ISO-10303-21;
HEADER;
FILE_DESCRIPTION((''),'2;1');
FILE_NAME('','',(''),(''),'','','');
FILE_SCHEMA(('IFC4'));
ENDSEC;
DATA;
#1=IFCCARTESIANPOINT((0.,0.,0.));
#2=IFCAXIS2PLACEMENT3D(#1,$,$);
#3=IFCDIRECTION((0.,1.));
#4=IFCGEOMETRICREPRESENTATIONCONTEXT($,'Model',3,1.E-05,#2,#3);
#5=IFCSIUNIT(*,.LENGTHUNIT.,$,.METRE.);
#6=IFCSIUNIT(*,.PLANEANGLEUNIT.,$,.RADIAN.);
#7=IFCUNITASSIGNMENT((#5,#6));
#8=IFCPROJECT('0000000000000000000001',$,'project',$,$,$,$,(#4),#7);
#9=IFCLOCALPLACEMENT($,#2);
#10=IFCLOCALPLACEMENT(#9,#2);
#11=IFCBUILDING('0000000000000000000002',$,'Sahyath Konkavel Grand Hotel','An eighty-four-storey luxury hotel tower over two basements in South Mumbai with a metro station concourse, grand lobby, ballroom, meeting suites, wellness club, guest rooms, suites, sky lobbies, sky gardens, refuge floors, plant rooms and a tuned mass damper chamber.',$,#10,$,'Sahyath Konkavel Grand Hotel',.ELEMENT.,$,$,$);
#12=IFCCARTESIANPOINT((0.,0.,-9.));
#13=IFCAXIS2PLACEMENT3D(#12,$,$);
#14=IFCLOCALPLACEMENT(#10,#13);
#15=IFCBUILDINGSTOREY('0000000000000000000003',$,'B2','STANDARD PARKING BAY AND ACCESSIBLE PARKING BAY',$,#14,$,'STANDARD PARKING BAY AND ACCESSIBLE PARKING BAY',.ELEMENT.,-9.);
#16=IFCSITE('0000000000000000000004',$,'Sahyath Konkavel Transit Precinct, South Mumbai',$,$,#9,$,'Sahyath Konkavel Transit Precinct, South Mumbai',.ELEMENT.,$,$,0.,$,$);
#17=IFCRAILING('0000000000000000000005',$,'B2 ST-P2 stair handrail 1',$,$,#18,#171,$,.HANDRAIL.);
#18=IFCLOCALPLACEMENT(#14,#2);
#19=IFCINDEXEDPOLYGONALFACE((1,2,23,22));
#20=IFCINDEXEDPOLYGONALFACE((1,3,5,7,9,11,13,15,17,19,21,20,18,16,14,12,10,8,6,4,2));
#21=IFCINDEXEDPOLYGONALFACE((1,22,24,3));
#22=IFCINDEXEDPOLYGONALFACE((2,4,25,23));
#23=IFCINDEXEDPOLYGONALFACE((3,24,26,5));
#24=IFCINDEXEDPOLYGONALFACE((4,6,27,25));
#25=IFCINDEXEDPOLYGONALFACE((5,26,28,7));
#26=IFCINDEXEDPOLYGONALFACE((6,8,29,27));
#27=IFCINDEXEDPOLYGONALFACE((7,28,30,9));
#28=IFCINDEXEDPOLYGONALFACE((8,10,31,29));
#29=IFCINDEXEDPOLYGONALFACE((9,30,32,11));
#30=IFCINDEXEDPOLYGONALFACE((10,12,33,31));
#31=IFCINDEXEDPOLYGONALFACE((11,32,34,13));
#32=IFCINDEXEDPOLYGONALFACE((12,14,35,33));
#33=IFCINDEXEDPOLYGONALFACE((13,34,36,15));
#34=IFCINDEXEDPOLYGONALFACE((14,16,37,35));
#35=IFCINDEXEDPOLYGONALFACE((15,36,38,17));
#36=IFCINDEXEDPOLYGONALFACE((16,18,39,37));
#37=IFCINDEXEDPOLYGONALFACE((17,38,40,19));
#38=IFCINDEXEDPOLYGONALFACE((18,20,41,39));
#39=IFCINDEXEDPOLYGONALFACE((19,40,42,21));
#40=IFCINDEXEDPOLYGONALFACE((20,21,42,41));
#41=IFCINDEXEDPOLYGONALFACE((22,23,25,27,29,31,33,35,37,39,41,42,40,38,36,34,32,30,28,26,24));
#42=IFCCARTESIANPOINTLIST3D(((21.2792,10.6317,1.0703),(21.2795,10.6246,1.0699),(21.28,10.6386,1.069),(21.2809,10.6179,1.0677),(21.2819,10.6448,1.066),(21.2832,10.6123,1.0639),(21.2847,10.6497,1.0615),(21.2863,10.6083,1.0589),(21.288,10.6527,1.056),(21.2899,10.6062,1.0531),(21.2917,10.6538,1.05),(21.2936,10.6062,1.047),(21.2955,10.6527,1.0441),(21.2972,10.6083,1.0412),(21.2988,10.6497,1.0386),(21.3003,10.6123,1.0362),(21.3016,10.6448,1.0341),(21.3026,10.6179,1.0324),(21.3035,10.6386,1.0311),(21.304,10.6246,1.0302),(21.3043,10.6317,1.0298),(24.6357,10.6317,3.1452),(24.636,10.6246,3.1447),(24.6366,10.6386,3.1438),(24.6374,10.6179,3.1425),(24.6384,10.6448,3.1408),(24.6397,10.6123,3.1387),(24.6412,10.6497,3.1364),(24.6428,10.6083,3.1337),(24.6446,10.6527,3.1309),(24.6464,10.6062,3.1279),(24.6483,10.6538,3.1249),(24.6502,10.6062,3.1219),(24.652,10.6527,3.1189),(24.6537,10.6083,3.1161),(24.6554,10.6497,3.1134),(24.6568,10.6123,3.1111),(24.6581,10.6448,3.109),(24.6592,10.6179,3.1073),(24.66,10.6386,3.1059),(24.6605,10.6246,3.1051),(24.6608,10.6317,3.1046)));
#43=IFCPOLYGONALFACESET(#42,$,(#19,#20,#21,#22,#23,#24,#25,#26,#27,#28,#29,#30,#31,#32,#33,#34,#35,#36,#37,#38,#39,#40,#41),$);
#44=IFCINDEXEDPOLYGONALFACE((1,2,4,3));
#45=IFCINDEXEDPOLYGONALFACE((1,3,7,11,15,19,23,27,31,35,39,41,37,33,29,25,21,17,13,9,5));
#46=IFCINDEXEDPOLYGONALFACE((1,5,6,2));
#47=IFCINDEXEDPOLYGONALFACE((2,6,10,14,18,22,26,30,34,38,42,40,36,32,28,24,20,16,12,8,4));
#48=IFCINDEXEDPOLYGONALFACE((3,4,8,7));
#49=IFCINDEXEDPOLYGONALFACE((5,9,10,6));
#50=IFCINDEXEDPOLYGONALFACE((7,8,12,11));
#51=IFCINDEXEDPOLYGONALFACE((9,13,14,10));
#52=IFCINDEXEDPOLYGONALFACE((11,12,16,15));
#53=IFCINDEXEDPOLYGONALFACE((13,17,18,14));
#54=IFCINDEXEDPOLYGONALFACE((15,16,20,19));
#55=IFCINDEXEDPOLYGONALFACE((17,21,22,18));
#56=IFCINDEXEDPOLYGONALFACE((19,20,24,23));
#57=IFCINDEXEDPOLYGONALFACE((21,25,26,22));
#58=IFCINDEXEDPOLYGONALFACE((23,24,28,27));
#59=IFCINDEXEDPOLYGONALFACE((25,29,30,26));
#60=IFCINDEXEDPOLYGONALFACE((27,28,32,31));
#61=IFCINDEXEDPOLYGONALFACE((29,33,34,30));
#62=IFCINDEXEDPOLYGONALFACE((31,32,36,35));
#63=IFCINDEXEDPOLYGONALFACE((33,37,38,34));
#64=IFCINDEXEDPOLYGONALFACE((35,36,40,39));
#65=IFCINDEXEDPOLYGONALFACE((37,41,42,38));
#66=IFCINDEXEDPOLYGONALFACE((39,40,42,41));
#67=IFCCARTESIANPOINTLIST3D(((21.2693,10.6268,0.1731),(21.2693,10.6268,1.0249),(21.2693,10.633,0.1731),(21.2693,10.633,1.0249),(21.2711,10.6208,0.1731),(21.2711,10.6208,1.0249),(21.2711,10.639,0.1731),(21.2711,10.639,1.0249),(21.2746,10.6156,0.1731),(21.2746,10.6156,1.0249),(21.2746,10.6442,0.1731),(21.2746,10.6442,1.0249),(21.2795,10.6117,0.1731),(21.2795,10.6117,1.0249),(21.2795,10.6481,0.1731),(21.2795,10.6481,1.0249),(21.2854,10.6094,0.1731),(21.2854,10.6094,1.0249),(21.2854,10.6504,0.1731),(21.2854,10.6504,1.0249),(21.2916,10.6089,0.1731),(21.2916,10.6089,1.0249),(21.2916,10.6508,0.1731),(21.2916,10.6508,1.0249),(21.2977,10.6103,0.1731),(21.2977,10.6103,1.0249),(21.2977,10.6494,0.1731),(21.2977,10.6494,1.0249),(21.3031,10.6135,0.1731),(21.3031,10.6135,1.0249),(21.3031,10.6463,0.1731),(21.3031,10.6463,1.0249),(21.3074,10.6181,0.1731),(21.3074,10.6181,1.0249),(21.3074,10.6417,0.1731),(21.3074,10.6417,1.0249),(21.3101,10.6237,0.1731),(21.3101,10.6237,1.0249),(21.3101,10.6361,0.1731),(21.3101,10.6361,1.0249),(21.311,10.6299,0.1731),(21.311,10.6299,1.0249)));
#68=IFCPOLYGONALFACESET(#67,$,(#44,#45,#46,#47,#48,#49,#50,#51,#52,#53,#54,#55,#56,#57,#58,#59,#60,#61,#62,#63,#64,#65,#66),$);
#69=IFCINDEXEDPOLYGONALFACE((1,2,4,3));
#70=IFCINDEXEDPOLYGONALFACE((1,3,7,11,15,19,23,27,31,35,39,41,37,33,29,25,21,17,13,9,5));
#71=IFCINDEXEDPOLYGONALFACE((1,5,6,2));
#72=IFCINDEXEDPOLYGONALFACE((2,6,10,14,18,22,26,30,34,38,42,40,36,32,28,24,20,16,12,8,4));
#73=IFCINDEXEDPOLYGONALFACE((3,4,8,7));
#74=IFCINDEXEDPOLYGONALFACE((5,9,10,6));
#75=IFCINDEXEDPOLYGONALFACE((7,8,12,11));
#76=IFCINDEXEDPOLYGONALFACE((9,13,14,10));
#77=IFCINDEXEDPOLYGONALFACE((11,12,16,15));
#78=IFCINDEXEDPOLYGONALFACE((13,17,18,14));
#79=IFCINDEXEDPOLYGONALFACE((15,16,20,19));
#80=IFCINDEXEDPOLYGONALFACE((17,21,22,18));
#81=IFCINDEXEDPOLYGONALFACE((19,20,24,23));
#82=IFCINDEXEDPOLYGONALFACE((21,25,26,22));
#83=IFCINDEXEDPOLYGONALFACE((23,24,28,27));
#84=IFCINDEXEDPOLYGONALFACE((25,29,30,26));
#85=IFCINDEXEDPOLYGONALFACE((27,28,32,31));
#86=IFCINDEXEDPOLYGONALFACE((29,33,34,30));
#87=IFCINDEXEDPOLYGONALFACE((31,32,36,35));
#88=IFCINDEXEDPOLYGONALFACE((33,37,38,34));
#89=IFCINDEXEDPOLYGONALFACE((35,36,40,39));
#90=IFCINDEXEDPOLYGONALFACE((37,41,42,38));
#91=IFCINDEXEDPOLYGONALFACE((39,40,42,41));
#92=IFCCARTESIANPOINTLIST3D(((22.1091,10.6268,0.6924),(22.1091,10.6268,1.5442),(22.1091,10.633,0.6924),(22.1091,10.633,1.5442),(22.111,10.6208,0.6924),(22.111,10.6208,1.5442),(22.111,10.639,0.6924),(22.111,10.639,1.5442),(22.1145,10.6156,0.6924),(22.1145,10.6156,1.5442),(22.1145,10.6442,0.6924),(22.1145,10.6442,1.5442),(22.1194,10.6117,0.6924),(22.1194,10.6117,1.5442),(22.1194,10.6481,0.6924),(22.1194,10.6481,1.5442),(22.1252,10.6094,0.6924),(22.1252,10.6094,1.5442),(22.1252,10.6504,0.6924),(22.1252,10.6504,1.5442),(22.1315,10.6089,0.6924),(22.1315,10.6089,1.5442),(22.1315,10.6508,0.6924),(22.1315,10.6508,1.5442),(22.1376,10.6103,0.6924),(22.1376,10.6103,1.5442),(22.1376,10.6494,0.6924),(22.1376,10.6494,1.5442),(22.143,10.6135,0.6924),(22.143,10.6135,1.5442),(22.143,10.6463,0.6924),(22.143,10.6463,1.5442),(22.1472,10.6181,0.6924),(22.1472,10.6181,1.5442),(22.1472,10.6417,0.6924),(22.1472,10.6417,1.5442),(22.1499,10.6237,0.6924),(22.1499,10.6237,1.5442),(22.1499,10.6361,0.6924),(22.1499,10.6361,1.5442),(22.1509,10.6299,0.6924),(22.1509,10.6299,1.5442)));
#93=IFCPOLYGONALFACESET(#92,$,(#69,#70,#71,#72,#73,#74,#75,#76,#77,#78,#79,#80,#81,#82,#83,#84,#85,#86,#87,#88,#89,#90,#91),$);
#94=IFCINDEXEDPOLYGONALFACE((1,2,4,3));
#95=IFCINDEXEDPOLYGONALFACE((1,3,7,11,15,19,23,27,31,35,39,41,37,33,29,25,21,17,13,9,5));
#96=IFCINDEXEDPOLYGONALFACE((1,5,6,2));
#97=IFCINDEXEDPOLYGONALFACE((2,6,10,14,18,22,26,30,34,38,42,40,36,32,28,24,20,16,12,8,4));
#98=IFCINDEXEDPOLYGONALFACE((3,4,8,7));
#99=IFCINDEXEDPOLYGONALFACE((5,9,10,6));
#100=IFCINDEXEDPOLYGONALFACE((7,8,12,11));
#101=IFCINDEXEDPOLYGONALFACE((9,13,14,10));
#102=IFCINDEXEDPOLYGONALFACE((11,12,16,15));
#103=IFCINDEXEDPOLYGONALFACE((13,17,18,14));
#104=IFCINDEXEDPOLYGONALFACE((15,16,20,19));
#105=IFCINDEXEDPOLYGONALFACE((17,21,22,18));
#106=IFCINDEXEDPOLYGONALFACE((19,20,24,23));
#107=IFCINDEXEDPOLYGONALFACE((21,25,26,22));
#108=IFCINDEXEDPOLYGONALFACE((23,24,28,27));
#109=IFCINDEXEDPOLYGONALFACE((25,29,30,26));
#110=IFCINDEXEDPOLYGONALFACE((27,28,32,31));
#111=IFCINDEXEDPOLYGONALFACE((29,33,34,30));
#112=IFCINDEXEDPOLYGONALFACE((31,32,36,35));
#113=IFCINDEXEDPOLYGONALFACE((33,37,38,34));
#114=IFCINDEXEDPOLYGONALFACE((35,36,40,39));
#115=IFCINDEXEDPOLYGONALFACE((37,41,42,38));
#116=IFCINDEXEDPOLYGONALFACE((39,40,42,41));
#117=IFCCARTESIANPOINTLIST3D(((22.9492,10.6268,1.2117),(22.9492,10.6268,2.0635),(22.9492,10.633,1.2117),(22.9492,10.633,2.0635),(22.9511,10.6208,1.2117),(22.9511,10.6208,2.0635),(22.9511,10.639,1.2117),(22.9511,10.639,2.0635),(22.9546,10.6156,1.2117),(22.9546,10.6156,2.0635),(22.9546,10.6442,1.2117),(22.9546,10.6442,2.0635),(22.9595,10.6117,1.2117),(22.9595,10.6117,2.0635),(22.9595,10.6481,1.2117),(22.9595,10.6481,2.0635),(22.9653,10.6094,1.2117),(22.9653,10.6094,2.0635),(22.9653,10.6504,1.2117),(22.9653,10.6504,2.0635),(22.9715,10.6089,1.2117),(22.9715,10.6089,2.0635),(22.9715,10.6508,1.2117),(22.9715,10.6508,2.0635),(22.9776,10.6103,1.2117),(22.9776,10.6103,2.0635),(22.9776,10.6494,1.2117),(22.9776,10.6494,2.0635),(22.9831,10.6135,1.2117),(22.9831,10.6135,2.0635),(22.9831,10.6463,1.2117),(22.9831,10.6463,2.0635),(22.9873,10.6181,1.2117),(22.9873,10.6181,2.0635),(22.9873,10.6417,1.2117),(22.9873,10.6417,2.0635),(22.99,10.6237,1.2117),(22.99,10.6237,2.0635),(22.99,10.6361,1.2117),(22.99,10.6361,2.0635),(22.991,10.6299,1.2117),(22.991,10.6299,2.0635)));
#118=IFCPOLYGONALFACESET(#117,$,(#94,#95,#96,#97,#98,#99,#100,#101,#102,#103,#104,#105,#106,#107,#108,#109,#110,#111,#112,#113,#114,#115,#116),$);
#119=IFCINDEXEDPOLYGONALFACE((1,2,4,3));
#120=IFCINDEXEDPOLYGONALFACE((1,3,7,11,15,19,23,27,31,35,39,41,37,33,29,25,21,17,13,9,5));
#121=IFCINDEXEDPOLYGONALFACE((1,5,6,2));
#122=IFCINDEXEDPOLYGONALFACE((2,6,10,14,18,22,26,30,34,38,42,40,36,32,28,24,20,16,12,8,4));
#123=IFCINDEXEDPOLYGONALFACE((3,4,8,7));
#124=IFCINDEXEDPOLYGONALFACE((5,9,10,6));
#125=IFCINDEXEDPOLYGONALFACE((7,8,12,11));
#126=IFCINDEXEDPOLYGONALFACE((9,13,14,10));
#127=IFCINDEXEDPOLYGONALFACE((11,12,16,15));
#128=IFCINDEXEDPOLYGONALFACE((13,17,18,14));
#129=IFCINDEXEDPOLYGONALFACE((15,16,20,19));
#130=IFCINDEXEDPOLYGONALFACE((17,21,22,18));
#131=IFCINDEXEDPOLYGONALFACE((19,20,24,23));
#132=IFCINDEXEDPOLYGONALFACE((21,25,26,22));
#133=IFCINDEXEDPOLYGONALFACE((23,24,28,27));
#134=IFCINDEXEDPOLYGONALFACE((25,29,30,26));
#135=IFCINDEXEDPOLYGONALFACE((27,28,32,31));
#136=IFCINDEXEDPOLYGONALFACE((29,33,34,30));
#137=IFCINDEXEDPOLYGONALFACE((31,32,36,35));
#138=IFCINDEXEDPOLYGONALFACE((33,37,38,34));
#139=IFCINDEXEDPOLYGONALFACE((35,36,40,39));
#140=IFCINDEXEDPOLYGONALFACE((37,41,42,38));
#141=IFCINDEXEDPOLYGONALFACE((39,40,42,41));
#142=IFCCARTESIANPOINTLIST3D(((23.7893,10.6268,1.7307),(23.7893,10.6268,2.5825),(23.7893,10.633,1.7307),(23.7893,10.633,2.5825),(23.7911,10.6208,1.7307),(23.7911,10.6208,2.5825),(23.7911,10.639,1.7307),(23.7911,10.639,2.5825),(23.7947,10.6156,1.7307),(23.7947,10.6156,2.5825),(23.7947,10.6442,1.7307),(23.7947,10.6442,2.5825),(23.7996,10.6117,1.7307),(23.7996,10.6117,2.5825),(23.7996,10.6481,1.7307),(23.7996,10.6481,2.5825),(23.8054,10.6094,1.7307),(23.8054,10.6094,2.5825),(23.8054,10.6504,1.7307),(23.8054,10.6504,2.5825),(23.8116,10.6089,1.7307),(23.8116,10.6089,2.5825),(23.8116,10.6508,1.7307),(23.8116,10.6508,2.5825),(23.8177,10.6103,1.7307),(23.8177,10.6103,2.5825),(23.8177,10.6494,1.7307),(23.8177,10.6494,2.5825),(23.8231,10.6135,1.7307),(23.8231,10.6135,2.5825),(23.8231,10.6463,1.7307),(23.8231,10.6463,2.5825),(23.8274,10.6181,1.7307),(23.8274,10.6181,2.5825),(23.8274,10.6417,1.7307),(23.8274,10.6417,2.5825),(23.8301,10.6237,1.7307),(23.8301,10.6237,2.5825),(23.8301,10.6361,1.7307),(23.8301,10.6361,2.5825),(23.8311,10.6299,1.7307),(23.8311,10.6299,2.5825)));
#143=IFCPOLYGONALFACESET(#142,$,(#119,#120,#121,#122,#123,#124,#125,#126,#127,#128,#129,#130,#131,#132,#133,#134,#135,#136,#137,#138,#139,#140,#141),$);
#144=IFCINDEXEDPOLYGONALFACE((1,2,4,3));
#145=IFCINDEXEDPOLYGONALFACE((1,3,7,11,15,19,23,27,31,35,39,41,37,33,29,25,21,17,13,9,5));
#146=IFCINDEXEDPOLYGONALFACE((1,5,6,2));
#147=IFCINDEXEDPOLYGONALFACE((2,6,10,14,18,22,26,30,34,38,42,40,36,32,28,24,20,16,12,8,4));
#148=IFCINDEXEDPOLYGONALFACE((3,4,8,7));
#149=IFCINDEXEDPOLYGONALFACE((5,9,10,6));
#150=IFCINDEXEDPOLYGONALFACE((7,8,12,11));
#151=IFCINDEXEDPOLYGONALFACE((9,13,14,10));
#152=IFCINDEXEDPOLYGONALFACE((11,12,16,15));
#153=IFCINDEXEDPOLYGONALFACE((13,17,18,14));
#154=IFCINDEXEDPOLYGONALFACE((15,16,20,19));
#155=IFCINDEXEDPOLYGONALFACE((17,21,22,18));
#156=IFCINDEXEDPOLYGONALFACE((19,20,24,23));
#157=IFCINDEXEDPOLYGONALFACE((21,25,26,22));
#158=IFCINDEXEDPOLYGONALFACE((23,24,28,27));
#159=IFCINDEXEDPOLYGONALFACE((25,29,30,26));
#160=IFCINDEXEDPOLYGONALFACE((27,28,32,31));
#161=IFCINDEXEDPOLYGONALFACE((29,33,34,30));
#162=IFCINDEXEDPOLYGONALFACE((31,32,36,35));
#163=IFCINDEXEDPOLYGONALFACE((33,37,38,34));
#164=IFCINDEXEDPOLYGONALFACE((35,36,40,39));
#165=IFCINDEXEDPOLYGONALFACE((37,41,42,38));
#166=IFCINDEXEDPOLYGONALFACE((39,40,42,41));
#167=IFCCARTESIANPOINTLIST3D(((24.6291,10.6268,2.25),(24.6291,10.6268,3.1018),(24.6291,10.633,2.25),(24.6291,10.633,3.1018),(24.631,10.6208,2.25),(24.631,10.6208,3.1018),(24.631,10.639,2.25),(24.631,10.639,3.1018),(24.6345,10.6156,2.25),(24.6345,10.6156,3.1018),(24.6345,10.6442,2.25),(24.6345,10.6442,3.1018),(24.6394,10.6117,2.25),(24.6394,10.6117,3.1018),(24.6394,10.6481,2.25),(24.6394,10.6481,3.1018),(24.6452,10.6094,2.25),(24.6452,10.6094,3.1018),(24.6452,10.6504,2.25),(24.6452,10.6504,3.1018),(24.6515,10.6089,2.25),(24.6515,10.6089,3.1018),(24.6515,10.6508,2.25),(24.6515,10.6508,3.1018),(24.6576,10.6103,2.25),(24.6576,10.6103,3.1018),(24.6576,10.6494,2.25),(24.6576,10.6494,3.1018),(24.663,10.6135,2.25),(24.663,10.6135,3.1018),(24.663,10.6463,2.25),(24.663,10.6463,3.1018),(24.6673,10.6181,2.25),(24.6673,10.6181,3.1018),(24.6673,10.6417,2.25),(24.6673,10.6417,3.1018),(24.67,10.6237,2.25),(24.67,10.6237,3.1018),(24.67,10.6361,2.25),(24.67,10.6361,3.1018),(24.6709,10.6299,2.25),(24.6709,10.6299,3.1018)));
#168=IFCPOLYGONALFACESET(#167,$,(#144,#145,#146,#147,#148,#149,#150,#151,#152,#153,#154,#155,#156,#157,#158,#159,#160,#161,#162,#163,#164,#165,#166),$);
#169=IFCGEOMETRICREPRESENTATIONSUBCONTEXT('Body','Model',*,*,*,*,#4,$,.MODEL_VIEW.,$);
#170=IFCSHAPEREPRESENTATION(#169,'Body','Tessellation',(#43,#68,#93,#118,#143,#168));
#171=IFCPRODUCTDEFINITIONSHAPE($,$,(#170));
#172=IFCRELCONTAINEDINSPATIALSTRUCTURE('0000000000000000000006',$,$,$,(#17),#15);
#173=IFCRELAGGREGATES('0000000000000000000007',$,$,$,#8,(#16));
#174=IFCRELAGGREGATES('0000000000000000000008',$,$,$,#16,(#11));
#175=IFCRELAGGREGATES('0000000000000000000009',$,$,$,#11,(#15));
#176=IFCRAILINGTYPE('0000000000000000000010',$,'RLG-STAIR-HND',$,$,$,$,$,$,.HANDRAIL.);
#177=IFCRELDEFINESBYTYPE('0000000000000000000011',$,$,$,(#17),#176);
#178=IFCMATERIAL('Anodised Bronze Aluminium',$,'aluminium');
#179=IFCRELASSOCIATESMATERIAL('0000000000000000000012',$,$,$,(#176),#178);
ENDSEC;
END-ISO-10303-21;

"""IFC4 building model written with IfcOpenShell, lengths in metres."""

from ifc_helpers import new_model, si_unit, direction, frame, origin, origin_2d, place, context, subcontext, project, spatial, circle, extrude, material, type_object, element, save


model = new_model("IFC4")

# Units and contexts
model_context = context("Model", 3, precision=1e-05, world=origin(), true_north=direction((0.0, 1.0)))
body_context = subcontext(model_context, "Body", "Model", "MODEL_VIEW")
ifc_project = project(units=[si_unit("LENGTHUNIT", "METRE"), si_unit("PLANEANGLEUNIT", "RADIAN")], contexts=[model_context])

# Site, building, storey
site_placement = place(None, origin())
site = spatial("IfcSite", under=ifc_project, at=site_placement, Name="Sahyath Konkavel Transit Precinct, South Mumbai", LongName="Sahyath Konkavel Transit Precinct, South Mumbai", CompositionType="ELEMENT", RefElevation=0.0)
building_placement = place(site_placement, origin())
building = spatial("IfcBuilding", under=site, at=building_placement, Name="Sahyath Konkavel Grand Hotel", Description="An eighty-four-storey luxury hotel tower over two basements in South Mumbai with a metro station concourse, grand lobby, ballroom, meeting suites, wellness club, guest rooms, suites, sky lobbies, sky gardens, refuge floors, plant rooms and a tuned mass damper chamber.", LongName="Sahyath Konkavel Grand Hotel", CompositionType="ELEMENT")
storey_placement = place(building_placement, frame((0.0, 0.0, -9.0)))
storey = spatial("IfcBuildingStorey", under=building, at=storey_placement, Name="B2", Description="STANDARD PARKING BAY AND ACCESSIBLE PARKING BAY", LongName="STANDARD PARKING BAY AND ACCESSIBLE PARKING BAY", CompositionType="ELEMENT", Elevation=-9.0)

# Railing
ifc_material_1 = material(Name="Anodised Bronze Aluminium", Category="aluminium")
railing_type_1 = type_object("IfcRailingType", Name="RLG-STAIR-HND", PredefinedType="HANDRAIL", material=ifc_material_1)
railing_1_placement = place(storey_placement, frame((21.29, 10.6299, 0.1731)))
element("IfcRailing", 1, at=railing_1_placement, inside=storey, type_object=railing_type_1, Name="B2 ST-P2 stair handrail 1", PredefinedType="HANDRAIL", context=body_context, shape_type="SweptSolid", body=[
    extrude(circle(Radius=0.0239, at=origin_2d()), frame((0.0017, 0.0, 0.877), z_axis=(0.850606, 0.0, 0.525803), x_axis=(0.0, 1.0, 0.0)), (0.0, 0.0, 1.0), 3.946),
    extrude(circle(Radius=0.021, at=origin_2d()), origin(), (0.0, 0.0, 1.0), 0.8518),
    extrude(circle(Radius=0.021, at=origin_2d()), frame((0.8398, 0.0, 0.5193)), (0.0, 0.0, 1.0), 0.8518),
    extrude(circle(Radius=0.021, at=origin_2d()), frame((1.6799, 0.0, 1.0386)), (0.0, 0.0, 1.0), 0.8518),
    extrude(circle(Radius=0.021, at=origin_2d()), frame((2.52, 0.0, 1.5576)), (0.0, 0.0, 1.0), 0.8518),
    extrude(circle(Radius=0.021, at=origin_2d()), frame((3.3599, 0.0, 2.0769)), (0.0, 0.0, 1.0), 0.8518),
])

save(model, "model.ifc")
